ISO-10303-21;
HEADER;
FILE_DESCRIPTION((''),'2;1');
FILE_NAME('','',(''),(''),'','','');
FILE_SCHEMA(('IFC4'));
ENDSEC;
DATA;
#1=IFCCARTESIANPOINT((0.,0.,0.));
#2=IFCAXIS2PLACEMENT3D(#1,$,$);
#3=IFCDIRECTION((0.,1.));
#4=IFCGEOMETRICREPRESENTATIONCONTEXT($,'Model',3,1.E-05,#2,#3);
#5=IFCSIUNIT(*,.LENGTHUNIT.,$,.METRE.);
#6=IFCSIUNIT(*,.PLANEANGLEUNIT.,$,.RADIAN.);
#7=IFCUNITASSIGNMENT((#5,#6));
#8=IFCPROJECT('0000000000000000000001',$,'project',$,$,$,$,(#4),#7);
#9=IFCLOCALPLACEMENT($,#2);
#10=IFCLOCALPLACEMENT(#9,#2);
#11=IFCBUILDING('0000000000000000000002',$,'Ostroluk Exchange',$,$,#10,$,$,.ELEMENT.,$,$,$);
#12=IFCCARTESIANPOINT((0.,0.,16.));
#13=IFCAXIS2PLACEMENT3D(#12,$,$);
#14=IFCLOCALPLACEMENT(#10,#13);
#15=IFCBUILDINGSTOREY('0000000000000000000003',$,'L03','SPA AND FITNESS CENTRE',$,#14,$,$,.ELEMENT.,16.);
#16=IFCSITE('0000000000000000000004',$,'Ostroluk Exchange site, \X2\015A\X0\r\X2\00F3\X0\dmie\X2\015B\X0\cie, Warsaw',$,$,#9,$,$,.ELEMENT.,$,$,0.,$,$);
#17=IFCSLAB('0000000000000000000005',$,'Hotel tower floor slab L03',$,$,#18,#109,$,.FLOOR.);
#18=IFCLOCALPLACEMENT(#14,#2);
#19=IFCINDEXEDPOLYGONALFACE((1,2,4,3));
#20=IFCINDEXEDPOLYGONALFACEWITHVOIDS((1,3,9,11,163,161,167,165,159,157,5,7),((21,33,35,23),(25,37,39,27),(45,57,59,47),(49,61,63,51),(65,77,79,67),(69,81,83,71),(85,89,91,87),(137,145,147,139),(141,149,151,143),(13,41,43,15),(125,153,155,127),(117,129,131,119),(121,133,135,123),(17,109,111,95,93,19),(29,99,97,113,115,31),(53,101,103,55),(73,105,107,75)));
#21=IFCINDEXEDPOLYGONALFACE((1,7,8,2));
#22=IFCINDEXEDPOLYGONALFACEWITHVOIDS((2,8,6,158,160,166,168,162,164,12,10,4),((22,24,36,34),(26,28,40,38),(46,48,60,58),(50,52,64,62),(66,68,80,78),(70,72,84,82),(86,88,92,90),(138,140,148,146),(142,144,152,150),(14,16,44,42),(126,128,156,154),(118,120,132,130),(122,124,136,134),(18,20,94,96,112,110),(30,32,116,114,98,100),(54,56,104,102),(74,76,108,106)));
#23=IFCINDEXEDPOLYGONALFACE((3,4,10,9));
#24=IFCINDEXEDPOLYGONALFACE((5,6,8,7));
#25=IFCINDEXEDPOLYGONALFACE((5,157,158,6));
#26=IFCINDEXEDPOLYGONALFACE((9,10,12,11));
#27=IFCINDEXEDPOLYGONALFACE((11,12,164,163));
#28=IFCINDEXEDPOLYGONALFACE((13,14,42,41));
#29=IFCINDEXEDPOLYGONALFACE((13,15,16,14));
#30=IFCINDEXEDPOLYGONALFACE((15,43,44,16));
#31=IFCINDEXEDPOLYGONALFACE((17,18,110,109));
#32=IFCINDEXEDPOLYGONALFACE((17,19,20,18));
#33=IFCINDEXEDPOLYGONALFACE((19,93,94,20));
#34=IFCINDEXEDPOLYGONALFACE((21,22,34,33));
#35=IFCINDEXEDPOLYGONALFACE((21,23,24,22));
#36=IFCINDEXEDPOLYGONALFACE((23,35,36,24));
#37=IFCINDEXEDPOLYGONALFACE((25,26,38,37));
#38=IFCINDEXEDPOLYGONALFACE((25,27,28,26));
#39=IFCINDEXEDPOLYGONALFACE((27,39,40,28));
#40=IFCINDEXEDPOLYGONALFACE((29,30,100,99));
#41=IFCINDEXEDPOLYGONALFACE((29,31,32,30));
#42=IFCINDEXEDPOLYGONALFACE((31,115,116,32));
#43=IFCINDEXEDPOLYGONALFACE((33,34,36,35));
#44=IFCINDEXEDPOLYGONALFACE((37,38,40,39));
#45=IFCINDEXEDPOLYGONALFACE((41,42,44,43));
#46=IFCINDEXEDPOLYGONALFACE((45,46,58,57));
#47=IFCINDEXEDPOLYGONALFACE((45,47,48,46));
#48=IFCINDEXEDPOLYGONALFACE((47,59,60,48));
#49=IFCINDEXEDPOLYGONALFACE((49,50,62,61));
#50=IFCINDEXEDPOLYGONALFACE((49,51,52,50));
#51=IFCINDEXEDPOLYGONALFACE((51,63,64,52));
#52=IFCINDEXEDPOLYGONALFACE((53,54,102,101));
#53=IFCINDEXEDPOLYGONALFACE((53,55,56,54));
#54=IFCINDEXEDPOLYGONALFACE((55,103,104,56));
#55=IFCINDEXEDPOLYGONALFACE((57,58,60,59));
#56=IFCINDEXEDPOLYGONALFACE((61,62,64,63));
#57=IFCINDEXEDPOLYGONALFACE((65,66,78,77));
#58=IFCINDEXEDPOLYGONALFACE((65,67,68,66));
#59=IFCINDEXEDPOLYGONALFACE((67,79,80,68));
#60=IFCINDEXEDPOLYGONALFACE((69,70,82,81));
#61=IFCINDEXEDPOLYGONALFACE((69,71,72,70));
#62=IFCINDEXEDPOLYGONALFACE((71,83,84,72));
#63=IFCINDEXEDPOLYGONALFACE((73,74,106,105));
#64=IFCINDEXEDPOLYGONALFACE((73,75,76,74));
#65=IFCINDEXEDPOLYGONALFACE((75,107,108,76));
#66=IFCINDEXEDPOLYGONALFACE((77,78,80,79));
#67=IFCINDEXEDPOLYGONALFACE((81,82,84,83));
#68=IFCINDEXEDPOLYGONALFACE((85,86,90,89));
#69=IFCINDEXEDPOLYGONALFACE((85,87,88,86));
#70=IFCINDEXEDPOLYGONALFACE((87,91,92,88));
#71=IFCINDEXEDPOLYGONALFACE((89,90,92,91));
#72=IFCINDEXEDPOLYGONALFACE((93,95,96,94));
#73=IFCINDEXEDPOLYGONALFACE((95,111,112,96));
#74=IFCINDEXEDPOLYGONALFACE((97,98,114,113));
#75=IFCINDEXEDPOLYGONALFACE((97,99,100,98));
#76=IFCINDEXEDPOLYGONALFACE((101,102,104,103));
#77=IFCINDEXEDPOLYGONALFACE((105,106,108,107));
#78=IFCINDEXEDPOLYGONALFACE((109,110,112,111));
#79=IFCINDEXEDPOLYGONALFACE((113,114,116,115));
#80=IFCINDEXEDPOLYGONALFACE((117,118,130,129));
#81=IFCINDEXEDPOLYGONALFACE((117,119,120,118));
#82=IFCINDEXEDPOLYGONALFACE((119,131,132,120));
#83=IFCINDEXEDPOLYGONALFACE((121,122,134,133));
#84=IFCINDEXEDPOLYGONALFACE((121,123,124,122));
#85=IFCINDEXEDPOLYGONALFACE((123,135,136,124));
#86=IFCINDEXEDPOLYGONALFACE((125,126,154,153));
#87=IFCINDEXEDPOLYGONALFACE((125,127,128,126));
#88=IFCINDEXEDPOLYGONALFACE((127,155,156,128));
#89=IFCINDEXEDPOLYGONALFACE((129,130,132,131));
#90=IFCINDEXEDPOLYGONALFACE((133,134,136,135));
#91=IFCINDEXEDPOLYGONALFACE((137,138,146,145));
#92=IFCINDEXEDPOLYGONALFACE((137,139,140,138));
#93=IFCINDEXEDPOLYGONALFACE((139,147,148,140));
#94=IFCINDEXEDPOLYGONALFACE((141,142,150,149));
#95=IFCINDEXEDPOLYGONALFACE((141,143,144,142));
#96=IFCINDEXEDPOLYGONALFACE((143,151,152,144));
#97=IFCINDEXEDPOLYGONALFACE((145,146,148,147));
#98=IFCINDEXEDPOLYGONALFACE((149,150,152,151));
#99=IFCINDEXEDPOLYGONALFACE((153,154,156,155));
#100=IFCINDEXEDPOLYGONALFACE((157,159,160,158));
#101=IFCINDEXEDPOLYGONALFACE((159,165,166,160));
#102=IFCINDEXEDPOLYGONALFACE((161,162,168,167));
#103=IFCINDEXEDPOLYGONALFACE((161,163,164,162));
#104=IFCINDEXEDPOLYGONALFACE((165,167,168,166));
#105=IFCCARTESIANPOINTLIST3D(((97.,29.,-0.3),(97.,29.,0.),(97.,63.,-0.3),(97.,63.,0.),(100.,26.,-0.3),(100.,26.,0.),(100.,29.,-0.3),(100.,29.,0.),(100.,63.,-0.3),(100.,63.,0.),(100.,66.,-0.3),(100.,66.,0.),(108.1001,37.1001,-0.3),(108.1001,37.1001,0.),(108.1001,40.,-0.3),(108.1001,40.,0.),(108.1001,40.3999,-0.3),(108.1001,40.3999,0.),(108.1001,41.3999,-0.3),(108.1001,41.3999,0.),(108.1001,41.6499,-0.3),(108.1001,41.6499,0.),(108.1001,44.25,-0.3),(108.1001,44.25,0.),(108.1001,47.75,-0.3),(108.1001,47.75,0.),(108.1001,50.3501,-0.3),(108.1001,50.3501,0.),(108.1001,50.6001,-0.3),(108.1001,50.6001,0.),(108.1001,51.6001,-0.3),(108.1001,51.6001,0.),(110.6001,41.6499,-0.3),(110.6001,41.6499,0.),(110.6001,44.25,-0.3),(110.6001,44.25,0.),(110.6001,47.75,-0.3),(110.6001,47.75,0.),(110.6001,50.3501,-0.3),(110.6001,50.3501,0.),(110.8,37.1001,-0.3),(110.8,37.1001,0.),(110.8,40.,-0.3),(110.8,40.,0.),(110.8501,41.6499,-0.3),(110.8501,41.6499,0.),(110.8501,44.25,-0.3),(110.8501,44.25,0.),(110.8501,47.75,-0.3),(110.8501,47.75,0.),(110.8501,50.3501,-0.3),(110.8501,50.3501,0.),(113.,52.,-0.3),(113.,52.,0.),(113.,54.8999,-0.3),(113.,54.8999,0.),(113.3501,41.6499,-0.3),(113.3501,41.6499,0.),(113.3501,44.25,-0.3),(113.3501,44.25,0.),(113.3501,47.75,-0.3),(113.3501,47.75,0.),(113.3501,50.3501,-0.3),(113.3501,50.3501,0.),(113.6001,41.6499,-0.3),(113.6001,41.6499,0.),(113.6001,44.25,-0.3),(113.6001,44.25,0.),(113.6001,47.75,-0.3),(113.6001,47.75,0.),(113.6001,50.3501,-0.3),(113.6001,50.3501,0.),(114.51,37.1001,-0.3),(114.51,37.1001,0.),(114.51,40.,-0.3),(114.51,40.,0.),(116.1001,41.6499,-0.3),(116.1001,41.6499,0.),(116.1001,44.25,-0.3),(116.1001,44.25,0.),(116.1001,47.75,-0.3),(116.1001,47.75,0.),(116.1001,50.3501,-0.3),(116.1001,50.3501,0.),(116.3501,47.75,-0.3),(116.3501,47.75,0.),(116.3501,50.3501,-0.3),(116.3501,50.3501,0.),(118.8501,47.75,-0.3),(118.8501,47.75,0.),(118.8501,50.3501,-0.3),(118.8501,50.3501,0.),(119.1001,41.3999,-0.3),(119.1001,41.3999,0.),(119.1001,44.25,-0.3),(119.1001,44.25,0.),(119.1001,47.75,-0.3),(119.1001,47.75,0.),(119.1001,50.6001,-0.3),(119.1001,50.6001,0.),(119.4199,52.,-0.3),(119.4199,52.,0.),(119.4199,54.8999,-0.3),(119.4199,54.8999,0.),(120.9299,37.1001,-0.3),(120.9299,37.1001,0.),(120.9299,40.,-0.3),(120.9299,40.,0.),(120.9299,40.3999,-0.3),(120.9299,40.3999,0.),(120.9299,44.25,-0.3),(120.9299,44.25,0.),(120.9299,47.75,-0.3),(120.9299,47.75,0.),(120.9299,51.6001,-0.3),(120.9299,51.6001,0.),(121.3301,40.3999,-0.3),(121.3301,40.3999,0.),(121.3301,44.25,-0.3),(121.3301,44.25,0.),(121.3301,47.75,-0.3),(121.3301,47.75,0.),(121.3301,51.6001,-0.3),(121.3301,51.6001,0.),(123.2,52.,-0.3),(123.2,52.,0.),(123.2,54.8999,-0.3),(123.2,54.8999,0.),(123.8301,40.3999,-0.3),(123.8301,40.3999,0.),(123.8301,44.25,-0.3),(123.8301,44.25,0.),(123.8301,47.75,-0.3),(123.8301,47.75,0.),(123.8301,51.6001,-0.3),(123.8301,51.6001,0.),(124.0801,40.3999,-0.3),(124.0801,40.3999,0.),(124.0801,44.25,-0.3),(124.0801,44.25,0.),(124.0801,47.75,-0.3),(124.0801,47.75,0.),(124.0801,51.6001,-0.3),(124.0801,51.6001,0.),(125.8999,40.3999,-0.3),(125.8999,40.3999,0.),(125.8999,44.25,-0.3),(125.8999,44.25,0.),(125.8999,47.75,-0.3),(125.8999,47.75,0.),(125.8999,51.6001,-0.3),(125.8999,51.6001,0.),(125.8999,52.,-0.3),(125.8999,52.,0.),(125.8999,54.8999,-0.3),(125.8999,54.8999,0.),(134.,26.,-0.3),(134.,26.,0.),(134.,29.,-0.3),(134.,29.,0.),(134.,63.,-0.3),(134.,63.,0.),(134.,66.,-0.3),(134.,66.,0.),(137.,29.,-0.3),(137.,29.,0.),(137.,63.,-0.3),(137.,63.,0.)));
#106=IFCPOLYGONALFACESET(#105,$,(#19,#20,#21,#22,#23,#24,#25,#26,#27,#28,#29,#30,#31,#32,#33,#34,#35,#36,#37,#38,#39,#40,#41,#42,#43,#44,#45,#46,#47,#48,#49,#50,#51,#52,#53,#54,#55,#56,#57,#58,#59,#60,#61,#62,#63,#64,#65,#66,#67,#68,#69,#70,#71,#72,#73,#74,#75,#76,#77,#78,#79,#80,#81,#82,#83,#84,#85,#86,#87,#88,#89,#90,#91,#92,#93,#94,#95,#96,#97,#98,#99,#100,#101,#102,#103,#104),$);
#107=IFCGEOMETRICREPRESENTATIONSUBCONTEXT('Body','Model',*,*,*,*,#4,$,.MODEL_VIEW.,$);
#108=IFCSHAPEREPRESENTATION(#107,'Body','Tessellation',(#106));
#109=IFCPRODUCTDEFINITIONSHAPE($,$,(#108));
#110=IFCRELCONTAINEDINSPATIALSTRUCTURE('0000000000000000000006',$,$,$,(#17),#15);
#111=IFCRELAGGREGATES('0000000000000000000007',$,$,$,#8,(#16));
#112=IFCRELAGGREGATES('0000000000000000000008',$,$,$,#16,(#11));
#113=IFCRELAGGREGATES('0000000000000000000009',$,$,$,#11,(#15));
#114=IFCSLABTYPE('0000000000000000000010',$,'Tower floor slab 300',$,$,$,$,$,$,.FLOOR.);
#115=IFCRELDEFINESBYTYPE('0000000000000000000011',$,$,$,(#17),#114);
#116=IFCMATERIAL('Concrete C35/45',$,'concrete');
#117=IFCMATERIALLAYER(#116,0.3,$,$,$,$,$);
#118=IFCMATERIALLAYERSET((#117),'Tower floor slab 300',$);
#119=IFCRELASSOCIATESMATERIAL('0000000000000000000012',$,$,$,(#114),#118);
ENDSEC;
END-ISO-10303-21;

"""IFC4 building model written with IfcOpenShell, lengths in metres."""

from ifc_helpers import new_model, si_unit, direction, frame, origin, place, context, subcontext, project, spatial, polyline, outline, extrude, material, layer, layer_set, type_object, element, save


model = new_model("IFC4")

# Units and contexts
model_context = context("Model", 3, precision=1e-05, world=origin(), true_north=direction((0.0, 1.0)))
body_context = subcontext(model_context, "Body", "Model", "MODEL_VIEW")
ifc_project = project(units=[si_unit("LENGTHUNIT", "METRE"), si_unit("PLANEANGLEUNIT", "RADIAN")], contexts=[model_context])

# Site, building, storey
site_placement = place(None, origin())
site = spatial("IfcSite", under=ifc_project, at=site_placement, Name="Ostroluk Exchange site, Śródmieście, Warsaw", CompositionType="ELEMENT", RefElevation=0.0)
building_placement = place(site_placement, origin())
building = spatial("IfcBuilding", under=site, at=building_placement, Name="Ostroluk Exchange", CompositionType="ELEMENT")
storey_placement = place(building_placement, frame((0.0, 0.0, 16.0)))
storey = spatial("IfcBuildingStorey", under=building, at=storey_placement, Name="L03", Description="SPA AND FITNESS CENTRE", CompositionType="ELEMENT", Elevation=16.0)

# Slab
ifc_material_1 = material(Name="Concrete C35/45", Category="concrete")
ifc_layer_1 = layer(ifc_material_1, 0.3)
ifc_layer_set_1 = layer_set([ifc_layer_1], Name="Tower floor slab 300")
slab_type_1 = type_object("IfcSlabType", Name="Tower floor slab 300", PredefinedType="FLOOR", material=ifc_layer_set_1)
slab_1_placement = place(storey_placement, frame((0.0, 0.0, -0.3)))
element("IfcSlab", 1, at=slab_1_placement, inside=storey, type_object=slab_type_1, Name="Hotel tower floor slab L03", PredefinedType="FLOOR", context=body_context, shape_type="SweptSolid", body=[
    extrude(outline(polyline([(100.0, 26.0), (134.0, 26.0), (134.0, 29.0), (137.0, 29.0), (137.0, 63.0), (134.0, 63.0), (134.0, 66.0), (100.0, 66.0), (100.0, 63.0), (97.0, 63.0), (97.0, 29.0), (100.0, 29.0), (100.0, 26.0)]), holes=[polyline([(108.1001, 37.1001), (110.8, 37.1001), (110.8, 40.0), (108.1001, 40.0), (108.1001, 37.1001)]), polyline([(114.51, 37.1001), (120.9299, 37.1001), (120.9299, 40.0), (114.51, 40.0), (114.51, 37.1001)]), polyline([(113.0, 52.0), (119.4199, 52.0), (119.4199, 54.8999), (113.0, 54.8999), (113.0, 52.0)]), polyline([(123.2, 52.0), (125.8999, 52.0), (125.8999, 54.8999), (123.2, 54.8999), (123.2, 52.0)]), polyline([(108.1001, 47.75), (110.6001, 47.75), (110.6001, 50.3501), (108.1001, 50.3501), (108.1001, 47.75)]), polyline([(110.8501, 47.75), (113.3501, 47.75), (113.3501, 50.3501), (110.8501, 50.3501), (110.8501, 47.75)]), polyline([(113.6001, 47.75), (116.1001, 47.75), (116.1001, 50.3501), (113.6001, 50.3501), (113.6001, 47.75)]), polyline([(116.3501, 47.75), (118.8501, 47.75), (118.8501, 50.3501), (116.3501, 50.3501), (116.3501, 47.75)]), polyline([(108.1001, 41.6499), (110.6001, 41.6499), (110.6001, 44.25), (108.1001, 44.25), (108.1001, 41.6499)]), polyline([(110.8501, 41.6499), (113.3501, 41.6499), (113.3501, 44.25), (110.8501, 44.25), (110.8501, 41.6499)]), polyline([(113.6001, 41.6499), (116.1001, 41.6499), (116.1001, 44.25), (113.6001, 44.25), (113.6001, 41.6499)]), polyline([(121.3301, 47.75), (123.8301, 47.75), (123.8301, 51.6001), (121.3301, 51.6001), (121.3301, 47.75)]), polyline([(121.3301, 40.3999), (123.8301, 40.3999), (123.8301, 44.25), (121.3301, 44.25), (121.3301, 40.3999)]), polyline([(120.9299, 51.6001), (120.9299, 47.75), (119.1001, 47.75), (119.1001, 50.6001), (108.1001, 50.6001), (108.1001, 51.6001), (120.9299, 51.6001)]), polyline([(108.1001, 40.3999), (108.1001, 41.3999), (119.1001, 41.3999), (119.1001, 44.25), (120.9299, 44.25), (120.9299, 40.3999), (108.1001, 40.3999)]), polyline([(124.0801, 47.75), (125.8999, 47.75), (125.8999, 51.6001), (124.0801, 51.6001), (124.0801, 47.75)]), polyline([(124.0801, 40.3999), (125.8999, 40.3999), (125.8999, 44.25), (124.0801, 44.25), (124.0801, 40.3999)])]), origin(), (0.0, 0.0, 1.0), 0.3),
])

save(model, "model.ifc")
